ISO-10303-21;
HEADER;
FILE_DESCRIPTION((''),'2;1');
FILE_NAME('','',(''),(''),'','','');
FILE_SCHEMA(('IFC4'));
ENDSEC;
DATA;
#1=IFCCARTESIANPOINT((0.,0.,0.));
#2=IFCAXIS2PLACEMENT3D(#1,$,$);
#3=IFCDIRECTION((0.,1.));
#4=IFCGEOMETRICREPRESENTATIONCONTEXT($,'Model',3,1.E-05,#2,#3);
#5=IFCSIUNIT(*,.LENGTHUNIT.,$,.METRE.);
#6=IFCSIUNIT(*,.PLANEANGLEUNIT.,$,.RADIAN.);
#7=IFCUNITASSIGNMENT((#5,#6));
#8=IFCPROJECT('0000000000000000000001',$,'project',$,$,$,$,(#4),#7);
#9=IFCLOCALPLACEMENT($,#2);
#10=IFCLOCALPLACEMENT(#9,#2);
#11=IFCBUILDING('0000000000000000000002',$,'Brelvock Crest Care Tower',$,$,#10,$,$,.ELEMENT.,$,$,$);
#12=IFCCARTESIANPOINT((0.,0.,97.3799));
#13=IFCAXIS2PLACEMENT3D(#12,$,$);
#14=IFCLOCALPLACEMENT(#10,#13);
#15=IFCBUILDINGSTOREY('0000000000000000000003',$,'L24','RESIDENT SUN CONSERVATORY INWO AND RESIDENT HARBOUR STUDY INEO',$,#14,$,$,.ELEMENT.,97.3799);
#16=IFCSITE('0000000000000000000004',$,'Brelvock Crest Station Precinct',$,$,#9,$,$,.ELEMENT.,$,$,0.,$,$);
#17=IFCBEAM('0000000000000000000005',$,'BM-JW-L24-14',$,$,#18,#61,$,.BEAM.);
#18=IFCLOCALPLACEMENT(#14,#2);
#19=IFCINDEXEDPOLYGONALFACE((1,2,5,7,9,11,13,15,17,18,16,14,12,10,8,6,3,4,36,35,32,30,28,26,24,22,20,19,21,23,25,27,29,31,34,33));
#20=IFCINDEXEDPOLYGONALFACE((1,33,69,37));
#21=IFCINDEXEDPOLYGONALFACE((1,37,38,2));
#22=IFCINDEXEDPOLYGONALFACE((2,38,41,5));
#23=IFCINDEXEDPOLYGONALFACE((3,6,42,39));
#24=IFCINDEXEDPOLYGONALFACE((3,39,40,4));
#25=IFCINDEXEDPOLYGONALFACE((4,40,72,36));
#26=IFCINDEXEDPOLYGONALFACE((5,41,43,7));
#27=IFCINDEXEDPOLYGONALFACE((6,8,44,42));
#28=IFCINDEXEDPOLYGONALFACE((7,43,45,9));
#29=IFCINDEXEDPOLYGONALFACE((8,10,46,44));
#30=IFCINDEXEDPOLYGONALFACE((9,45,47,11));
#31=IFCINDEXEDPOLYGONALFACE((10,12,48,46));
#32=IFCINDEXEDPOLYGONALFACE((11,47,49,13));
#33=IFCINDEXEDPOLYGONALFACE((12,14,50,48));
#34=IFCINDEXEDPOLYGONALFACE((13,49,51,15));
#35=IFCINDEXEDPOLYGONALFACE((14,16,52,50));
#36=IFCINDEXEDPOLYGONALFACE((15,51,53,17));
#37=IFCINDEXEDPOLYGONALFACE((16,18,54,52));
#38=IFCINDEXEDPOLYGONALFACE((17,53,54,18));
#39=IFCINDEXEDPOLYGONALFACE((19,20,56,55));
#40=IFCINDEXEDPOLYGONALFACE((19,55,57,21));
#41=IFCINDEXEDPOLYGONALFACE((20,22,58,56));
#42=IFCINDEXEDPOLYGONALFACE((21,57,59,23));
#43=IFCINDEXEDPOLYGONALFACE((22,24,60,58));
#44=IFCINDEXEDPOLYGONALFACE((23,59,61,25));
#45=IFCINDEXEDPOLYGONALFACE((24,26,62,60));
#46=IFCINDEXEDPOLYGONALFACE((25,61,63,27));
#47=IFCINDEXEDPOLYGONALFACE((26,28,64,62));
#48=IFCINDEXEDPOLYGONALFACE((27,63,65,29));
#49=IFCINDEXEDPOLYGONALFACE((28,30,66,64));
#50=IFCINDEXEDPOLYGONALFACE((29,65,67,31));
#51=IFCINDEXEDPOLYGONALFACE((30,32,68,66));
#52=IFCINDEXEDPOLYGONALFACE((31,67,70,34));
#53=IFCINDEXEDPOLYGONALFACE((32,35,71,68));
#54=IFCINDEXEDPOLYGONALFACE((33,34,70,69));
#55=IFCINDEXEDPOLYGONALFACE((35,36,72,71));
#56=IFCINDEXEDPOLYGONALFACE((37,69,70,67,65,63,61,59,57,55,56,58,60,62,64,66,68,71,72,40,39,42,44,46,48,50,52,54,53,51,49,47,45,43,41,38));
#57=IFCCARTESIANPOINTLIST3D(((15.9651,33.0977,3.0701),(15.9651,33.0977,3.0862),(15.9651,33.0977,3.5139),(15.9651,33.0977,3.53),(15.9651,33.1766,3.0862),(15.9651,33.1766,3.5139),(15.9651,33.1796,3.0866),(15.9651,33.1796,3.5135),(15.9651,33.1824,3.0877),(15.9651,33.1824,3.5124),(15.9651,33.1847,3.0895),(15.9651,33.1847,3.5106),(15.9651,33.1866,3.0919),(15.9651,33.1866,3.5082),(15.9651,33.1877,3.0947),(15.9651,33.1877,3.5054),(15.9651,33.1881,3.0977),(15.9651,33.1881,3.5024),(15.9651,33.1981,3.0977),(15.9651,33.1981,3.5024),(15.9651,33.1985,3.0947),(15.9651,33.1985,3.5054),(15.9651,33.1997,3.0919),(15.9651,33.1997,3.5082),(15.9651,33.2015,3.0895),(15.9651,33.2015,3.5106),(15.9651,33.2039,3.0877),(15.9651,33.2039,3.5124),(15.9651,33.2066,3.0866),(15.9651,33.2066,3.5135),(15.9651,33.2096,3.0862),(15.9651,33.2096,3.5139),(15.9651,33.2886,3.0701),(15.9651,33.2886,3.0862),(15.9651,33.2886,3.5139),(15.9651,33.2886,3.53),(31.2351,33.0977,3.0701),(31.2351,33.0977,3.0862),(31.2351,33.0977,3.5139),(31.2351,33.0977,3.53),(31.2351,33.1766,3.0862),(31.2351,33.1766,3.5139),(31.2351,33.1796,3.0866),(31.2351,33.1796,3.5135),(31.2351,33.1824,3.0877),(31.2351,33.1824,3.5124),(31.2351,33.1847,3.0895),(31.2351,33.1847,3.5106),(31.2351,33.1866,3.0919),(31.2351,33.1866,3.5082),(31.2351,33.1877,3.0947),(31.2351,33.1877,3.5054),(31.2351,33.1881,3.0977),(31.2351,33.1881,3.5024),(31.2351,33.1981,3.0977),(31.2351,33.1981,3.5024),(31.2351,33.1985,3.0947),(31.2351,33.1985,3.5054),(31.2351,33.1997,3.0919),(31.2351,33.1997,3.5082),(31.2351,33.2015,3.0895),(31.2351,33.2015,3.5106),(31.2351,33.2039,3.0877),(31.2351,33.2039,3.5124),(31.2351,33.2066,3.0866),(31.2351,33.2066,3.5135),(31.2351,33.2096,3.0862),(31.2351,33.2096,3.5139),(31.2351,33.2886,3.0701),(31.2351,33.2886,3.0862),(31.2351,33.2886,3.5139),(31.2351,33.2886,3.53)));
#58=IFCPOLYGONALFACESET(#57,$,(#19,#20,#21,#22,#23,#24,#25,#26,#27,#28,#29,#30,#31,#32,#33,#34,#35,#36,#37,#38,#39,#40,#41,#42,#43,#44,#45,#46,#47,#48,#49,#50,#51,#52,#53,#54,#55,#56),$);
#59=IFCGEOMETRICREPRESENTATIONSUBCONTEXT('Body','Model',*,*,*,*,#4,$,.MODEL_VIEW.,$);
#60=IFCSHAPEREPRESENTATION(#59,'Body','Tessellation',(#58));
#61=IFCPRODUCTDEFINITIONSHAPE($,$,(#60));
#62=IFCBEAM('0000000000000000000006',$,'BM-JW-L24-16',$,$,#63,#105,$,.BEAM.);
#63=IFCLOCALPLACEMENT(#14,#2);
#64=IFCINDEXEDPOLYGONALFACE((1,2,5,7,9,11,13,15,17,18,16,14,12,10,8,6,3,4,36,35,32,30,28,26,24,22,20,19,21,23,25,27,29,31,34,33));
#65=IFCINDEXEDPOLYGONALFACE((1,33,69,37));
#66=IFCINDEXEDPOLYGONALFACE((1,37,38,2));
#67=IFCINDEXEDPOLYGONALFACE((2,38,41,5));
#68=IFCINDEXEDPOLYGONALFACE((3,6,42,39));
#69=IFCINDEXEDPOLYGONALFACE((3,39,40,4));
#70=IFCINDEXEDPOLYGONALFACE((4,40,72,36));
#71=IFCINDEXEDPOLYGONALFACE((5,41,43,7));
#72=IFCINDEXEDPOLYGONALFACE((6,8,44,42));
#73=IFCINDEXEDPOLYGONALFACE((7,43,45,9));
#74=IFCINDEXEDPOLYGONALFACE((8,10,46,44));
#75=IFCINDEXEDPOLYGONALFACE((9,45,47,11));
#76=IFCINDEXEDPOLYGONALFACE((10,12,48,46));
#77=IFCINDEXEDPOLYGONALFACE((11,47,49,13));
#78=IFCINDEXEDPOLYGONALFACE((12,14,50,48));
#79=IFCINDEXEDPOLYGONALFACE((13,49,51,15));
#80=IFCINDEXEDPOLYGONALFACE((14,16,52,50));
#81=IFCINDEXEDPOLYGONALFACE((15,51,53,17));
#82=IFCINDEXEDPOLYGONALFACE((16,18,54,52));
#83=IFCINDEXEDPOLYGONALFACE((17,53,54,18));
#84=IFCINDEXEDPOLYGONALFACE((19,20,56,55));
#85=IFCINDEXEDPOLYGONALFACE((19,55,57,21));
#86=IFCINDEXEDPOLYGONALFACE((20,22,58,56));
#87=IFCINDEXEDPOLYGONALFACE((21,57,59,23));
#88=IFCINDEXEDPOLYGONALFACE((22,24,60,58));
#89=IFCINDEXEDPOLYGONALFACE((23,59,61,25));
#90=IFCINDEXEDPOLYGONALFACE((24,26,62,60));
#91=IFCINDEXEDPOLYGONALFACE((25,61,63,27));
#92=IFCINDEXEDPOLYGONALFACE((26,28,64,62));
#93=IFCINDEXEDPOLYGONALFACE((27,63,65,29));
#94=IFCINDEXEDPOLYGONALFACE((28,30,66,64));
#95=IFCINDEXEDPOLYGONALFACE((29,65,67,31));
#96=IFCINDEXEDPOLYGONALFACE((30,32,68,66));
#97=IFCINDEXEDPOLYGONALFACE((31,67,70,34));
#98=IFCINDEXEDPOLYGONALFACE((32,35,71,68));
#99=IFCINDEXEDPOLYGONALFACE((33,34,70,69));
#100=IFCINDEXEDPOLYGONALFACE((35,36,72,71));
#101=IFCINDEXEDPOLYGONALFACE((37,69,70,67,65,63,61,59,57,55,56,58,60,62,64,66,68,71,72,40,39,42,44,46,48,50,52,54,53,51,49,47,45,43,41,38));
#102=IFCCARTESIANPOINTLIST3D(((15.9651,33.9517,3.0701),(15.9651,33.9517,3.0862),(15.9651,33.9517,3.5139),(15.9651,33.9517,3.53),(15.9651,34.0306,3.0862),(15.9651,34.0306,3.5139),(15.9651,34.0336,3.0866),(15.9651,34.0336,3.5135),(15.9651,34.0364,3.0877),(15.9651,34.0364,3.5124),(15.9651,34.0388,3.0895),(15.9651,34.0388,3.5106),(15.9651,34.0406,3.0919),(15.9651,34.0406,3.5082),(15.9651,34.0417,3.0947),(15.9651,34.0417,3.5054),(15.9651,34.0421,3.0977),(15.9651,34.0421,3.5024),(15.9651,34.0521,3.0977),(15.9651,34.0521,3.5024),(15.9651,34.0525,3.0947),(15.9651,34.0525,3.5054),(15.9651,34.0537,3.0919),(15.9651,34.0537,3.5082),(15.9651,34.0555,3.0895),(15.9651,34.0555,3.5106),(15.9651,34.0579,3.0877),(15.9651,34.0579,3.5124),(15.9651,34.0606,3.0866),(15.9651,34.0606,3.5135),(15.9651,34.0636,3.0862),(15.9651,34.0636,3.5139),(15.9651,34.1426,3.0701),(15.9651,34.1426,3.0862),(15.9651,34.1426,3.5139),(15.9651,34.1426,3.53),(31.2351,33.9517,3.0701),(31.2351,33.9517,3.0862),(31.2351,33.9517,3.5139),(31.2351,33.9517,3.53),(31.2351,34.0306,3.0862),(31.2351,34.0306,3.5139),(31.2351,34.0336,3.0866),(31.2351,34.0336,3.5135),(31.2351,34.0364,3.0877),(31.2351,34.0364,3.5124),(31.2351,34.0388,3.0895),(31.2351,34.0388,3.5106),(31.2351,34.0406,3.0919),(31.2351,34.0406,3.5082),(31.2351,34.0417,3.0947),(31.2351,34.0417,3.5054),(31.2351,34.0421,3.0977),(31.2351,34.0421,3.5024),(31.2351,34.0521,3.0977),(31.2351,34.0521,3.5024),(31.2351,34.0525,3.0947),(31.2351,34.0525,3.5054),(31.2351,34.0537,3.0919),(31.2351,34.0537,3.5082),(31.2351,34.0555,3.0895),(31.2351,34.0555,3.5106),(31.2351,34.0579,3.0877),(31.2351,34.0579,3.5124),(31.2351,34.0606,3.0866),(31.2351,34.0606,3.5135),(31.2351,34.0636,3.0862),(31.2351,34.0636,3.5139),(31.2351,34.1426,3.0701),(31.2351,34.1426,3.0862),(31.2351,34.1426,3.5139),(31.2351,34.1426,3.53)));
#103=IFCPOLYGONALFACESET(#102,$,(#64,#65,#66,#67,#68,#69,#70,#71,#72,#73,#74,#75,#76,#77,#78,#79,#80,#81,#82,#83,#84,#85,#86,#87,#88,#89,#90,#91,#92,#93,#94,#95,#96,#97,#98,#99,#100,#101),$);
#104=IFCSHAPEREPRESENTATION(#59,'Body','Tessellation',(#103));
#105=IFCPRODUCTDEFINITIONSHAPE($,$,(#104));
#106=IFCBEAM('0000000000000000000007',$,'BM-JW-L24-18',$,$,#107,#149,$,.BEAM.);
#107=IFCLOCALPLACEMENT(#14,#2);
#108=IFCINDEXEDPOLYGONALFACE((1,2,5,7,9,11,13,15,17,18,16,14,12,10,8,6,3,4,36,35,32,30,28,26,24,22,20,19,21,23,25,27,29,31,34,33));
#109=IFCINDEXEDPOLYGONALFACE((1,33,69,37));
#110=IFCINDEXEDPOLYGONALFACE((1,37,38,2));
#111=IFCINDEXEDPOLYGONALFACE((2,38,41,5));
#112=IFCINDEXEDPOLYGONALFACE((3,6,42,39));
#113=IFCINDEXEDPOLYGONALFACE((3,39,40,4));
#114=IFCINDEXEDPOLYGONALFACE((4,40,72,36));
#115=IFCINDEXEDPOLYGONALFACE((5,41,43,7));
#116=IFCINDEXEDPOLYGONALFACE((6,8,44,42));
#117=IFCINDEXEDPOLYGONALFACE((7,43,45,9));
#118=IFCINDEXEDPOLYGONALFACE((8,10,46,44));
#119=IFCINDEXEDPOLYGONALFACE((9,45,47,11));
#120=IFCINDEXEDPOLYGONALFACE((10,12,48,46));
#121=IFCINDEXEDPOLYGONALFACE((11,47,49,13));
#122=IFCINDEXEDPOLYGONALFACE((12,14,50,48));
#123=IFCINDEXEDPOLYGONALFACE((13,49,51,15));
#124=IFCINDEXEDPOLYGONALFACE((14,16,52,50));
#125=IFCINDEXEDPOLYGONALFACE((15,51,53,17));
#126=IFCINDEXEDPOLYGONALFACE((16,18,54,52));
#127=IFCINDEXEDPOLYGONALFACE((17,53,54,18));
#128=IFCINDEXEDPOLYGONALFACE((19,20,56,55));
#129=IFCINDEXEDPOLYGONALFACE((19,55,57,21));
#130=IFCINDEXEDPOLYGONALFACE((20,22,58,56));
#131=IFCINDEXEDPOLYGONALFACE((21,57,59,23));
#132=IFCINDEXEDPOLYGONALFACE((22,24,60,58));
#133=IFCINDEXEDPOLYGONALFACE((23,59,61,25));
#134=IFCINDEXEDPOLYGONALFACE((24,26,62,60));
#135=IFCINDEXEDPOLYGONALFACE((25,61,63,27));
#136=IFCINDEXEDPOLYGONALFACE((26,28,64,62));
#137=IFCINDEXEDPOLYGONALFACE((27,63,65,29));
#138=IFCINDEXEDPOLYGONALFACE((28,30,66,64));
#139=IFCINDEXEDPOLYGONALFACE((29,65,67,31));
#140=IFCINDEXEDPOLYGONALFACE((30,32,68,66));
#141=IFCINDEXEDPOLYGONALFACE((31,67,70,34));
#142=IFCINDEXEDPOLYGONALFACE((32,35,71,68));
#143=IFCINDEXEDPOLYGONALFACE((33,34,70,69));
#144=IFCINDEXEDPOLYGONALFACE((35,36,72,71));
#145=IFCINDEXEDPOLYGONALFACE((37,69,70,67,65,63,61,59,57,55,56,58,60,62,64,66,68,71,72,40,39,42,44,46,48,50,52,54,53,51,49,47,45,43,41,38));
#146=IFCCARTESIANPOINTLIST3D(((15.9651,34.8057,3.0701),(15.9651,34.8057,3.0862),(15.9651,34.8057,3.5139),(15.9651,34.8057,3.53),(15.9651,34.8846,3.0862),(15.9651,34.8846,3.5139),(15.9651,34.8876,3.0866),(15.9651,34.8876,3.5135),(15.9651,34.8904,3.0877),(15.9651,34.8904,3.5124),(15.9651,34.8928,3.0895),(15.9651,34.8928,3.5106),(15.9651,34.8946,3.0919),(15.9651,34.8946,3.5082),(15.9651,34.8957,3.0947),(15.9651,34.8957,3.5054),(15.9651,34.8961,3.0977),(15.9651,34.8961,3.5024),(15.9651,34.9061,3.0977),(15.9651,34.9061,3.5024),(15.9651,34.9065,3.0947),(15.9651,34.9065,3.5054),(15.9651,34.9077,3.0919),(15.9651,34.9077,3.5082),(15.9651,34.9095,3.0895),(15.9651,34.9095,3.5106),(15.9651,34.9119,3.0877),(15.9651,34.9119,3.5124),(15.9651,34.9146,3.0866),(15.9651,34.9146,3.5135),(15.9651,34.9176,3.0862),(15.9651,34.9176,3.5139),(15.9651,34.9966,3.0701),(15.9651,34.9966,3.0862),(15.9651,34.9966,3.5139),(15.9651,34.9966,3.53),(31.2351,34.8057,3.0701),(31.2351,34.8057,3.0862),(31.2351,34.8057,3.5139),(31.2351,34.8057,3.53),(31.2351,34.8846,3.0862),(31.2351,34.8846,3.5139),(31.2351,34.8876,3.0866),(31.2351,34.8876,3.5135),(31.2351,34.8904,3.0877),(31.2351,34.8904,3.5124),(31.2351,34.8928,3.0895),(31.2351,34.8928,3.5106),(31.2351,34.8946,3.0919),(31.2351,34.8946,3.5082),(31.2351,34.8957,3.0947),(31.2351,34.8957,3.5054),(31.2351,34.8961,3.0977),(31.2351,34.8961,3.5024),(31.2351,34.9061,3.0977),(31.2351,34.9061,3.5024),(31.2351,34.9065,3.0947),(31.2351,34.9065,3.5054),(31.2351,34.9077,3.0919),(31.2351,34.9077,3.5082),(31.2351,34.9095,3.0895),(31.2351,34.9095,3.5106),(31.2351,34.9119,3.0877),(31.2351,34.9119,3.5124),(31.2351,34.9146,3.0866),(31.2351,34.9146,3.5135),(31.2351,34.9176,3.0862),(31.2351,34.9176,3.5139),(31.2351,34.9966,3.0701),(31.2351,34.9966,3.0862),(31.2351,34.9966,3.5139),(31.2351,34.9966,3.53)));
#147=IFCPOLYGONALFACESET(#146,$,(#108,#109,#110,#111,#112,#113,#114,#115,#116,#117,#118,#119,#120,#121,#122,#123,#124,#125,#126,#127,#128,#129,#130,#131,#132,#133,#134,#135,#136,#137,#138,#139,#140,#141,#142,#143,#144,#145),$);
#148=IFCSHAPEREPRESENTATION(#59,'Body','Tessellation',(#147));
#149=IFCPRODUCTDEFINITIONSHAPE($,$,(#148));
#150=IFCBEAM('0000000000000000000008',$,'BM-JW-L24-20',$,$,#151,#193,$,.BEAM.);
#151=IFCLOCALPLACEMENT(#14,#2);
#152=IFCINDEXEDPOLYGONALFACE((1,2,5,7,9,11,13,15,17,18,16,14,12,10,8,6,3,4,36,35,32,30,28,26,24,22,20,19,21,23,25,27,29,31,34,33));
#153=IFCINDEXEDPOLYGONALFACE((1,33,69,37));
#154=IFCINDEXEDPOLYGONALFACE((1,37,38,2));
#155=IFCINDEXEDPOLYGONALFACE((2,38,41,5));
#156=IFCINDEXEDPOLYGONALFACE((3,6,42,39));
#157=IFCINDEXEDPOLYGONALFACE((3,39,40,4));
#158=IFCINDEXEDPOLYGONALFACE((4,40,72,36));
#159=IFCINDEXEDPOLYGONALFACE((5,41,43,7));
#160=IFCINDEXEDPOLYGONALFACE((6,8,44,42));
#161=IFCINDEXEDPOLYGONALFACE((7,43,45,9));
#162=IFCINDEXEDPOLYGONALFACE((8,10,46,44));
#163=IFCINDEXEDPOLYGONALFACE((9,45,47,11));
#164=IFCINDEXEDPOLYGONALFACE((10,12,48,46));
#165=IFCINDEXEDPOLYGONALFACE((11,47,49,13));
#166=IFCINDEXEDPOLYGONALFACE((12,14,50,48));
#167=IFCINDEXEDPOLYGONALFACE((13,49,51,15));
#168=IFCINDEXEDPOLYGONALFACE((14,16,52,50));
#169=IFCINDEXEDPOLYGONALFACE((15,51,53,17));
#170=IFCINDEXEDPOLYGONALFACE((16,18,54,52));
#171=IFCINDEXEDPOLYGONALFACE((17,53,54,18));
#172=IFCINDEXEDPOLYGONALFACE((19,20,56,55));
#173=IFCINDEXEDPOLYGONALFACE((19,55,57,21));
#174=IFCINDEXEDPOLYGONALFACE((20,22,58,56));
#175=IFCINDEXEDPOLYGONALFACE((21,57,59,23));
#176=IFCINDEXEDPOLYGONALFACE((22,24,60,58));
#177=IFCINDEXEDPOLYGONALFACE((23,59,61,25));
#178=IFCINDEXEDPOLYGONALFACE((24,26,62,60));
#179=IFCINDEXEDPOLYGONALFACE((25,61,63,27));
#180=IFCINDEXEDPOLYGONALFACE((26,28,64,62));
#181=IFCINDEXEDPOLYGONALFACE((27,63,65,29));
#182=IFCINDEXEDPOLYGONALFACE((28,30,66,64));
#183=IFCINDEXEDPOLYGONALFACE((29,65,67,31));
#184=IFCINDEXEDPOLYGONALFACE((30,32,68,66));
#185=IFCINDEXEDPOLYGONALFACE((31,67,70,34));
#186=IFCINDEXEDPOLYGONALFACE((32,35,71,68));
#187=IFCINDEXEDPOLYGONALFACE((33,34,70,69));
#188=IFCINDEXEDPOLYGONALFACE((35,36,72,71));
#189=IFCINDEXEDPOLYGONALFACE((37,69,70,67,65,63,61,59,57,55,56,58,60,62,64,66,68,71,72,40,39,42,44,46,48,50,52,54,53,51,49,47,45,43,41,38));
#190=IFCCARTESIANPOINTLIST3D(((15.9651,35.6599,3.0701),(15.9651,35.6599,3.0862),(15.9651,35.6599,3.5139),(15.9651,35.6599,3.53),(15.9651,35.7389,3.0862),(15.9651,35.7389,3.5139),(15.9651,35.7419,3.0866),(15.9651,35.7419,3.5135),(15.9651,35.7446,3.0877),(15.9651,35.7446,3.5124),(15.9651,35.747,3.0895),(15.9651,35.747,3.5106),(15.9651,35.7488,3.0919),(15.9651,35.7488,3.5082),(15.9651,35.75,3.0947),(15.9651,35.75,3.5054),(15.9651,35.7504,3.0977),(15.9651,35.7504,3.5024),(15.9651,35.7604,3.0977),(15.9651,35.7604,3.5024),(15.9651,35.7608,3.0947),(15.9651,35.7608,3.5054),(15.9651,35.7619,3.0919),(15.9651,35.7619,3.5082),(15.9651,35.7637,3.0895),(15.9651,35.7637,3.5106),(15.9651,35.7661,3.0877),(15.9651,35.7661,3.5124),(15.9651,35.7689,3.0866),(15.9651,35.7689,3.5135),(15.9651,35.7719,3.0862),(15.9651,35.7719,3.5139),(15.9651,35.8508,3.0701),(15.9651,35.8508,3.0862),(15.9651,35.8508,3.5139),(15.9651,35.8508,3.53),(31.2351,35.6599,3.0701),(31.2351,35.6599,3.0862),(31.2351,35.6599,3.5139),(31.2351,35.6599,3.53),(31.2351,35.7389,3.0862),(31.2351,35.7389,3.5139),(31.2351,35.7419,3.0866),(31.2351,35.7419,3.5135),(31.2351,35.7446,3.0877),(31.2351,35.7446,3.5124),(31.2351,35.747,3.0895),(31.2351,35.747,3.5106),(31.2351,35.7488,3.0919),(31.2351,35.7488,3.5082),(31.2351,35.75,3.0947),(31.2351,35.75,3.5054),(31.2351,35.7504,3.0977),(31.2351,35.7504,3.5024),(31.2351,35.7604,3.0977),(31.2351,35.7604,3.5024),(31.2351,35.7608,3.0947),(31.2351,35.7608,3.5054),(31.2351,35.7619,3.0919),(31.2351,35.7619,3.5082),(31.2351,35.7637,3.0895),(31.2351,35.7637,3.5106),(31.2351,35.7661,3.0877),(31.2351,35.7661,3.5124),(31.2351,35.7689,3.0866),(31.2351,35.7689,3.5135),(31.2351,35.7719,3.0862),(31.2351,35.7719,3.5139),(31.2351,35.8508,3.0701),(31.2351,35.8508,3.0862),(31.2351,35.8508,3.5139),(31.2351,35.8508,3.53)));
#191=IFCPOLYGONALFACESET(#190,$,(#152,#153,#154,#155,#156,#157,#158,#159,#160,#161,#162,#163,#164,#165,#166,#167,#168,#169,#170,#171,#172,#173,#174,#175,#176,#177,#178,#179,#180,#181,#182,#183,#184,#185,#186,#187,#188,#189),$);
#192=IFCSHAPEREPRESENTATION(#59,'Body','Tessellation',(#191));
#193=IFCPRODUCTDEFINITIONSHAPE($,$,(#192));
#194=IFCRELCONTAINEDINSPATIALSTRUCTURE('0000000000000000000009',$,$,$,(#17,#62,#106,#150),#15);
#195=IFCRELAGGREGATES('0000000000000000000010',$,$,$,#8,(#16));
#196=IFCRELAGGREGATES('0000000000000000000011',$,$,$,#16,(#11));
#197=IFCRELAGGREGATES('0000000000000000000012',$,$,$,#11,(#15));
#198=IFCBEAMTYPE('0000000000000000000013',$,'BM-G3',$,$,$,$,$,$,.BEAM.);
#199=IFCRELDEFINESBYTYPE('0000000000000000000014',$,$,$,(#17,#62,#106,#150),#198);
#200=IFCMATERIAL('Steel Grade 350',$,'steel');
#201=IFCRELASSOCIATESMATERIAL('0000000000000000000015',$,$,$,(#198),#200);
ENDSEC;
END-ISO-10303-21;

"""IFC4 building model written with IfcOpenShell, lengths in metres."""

from ifc_helpers import new_model, si_unit, direction, frame, origin, origin_2d, place, context, subcontext, project, spatial, i_section, extrude, source, transform, mapped, material, material_profile, profile_set, type_object, element, save


model = new_model("IFC4")

# Units and contexts
model_context = context("Model", 3, precision=1e-05, world=origin(), true_north=direction((0.0, 1.0)))
body_context = subcontext(model_context, "Body", "Model", "MODEL_VIEW")
ifc_project = project(units=[si_unit("LENGTHUNIT", "METRE"), si_unit("PLANEANGLEUNIT", "RADIAN")], contexts=[model_context])

# Site, building, storey
site_placement = place(None, origin())
site = spatial("IfcSite", under=ifc_project, at=site_placement, Name="Brelvock Crest Station Precinct", CompositionType="ELEMENT", RefElevation=0.0)
building_placement = place(site_placement, origin())
building = spatial("IfcBuilding", under=site, at=building_placement, Name="Brelvock Crest Care Tower", CompositionType="ELEMENT")
storey_placement = place(building_placement, frame((0.0, 0.0, 97.3799)))
storey = spatial("IfcBuildingStorey", under=building, at=storey_placement, Name="L24", Description="RESIDENT SUN CONSERVATORY INWO AND RESIDENT HARBOUR STUDY INEO", CompositionType="ELEMENT", Elevation=97.3799)

# Shared definitions
ifc_material_1 = material(Name="Steel Grade 350", Category="steel")

# Beams
ifc_material_profile_1 = material_profile(ifc_material_1, i_section(OverallWidth=0.1909, OverallDepth=0.46, WebThickness=0.01, FlangeThickness=0.0161, FilletRadius=0.0115, at=origin_2d()), Name="460UB82.1")
ifc_profile_set_1 = profile_set([ifc_material_profile_1], Name="Steel Grade 350")
beam_type_1 = type_object("IfcBeamType", Name="BM-G3", PredefinedType="BEAM", material=ifc_profile_set_1)
shared_shape_1 = source(origin(), body_context, "Body", "SweptSolid", [
    extrude(i_section(OverallWidth=0.1909, OverallDepth=0.46, WebThickness=0.01, FlangeThickness=0.0161, FilletRadius=0.0115, at=origin_2d()), origin(), (0.0, 0.0, 1.0), 15.27),
])
for number, where, z_axis, x_axis, name in (
    (1, (15.9651, 33.1931, 3.3), (1.0, 0.0, 0.0), (0.0, 1.0, 0.0), "BM-JW-L24-14"),
    (2, (15.9651, 34.0471, 3.3), (1.0, 0.0, 0.0), (0.0, 1.0, 0.0), "BM-JW-L24-16"),
    (3, (15.9651, 34.9011, 3.3), (1.0, 0.0, 0.0), (0.0, 1.0, 0.0), "BM-JW-L24-18"),
    (4, (15.9651, 35.7554, 3.3), (1.0, 0.0, 0.0), (0.0, 1.0, 0.0), "BM-JW-L24-20"),
):
    element("IfcBeam", number, at=place(storey_placement, frame(where, z_axis=z_axis, x_axis=x_axis)), inside=storey, type_object=beam_type_1, Name=name, PredefinedType="BEAM", context=body_context, shape_type="MappedRepresentation", body=[
        mapped(shared_shape_1, transform((0.0, 0.0, 0.0), x_axis=(1.0, 0.0, 0.0), y_axis=(0.0, 1.0, 0.0), z_axis=(0.0, 0.0, 1.0), scale=1.0)),
    ])

save(model, "model.ifc")
